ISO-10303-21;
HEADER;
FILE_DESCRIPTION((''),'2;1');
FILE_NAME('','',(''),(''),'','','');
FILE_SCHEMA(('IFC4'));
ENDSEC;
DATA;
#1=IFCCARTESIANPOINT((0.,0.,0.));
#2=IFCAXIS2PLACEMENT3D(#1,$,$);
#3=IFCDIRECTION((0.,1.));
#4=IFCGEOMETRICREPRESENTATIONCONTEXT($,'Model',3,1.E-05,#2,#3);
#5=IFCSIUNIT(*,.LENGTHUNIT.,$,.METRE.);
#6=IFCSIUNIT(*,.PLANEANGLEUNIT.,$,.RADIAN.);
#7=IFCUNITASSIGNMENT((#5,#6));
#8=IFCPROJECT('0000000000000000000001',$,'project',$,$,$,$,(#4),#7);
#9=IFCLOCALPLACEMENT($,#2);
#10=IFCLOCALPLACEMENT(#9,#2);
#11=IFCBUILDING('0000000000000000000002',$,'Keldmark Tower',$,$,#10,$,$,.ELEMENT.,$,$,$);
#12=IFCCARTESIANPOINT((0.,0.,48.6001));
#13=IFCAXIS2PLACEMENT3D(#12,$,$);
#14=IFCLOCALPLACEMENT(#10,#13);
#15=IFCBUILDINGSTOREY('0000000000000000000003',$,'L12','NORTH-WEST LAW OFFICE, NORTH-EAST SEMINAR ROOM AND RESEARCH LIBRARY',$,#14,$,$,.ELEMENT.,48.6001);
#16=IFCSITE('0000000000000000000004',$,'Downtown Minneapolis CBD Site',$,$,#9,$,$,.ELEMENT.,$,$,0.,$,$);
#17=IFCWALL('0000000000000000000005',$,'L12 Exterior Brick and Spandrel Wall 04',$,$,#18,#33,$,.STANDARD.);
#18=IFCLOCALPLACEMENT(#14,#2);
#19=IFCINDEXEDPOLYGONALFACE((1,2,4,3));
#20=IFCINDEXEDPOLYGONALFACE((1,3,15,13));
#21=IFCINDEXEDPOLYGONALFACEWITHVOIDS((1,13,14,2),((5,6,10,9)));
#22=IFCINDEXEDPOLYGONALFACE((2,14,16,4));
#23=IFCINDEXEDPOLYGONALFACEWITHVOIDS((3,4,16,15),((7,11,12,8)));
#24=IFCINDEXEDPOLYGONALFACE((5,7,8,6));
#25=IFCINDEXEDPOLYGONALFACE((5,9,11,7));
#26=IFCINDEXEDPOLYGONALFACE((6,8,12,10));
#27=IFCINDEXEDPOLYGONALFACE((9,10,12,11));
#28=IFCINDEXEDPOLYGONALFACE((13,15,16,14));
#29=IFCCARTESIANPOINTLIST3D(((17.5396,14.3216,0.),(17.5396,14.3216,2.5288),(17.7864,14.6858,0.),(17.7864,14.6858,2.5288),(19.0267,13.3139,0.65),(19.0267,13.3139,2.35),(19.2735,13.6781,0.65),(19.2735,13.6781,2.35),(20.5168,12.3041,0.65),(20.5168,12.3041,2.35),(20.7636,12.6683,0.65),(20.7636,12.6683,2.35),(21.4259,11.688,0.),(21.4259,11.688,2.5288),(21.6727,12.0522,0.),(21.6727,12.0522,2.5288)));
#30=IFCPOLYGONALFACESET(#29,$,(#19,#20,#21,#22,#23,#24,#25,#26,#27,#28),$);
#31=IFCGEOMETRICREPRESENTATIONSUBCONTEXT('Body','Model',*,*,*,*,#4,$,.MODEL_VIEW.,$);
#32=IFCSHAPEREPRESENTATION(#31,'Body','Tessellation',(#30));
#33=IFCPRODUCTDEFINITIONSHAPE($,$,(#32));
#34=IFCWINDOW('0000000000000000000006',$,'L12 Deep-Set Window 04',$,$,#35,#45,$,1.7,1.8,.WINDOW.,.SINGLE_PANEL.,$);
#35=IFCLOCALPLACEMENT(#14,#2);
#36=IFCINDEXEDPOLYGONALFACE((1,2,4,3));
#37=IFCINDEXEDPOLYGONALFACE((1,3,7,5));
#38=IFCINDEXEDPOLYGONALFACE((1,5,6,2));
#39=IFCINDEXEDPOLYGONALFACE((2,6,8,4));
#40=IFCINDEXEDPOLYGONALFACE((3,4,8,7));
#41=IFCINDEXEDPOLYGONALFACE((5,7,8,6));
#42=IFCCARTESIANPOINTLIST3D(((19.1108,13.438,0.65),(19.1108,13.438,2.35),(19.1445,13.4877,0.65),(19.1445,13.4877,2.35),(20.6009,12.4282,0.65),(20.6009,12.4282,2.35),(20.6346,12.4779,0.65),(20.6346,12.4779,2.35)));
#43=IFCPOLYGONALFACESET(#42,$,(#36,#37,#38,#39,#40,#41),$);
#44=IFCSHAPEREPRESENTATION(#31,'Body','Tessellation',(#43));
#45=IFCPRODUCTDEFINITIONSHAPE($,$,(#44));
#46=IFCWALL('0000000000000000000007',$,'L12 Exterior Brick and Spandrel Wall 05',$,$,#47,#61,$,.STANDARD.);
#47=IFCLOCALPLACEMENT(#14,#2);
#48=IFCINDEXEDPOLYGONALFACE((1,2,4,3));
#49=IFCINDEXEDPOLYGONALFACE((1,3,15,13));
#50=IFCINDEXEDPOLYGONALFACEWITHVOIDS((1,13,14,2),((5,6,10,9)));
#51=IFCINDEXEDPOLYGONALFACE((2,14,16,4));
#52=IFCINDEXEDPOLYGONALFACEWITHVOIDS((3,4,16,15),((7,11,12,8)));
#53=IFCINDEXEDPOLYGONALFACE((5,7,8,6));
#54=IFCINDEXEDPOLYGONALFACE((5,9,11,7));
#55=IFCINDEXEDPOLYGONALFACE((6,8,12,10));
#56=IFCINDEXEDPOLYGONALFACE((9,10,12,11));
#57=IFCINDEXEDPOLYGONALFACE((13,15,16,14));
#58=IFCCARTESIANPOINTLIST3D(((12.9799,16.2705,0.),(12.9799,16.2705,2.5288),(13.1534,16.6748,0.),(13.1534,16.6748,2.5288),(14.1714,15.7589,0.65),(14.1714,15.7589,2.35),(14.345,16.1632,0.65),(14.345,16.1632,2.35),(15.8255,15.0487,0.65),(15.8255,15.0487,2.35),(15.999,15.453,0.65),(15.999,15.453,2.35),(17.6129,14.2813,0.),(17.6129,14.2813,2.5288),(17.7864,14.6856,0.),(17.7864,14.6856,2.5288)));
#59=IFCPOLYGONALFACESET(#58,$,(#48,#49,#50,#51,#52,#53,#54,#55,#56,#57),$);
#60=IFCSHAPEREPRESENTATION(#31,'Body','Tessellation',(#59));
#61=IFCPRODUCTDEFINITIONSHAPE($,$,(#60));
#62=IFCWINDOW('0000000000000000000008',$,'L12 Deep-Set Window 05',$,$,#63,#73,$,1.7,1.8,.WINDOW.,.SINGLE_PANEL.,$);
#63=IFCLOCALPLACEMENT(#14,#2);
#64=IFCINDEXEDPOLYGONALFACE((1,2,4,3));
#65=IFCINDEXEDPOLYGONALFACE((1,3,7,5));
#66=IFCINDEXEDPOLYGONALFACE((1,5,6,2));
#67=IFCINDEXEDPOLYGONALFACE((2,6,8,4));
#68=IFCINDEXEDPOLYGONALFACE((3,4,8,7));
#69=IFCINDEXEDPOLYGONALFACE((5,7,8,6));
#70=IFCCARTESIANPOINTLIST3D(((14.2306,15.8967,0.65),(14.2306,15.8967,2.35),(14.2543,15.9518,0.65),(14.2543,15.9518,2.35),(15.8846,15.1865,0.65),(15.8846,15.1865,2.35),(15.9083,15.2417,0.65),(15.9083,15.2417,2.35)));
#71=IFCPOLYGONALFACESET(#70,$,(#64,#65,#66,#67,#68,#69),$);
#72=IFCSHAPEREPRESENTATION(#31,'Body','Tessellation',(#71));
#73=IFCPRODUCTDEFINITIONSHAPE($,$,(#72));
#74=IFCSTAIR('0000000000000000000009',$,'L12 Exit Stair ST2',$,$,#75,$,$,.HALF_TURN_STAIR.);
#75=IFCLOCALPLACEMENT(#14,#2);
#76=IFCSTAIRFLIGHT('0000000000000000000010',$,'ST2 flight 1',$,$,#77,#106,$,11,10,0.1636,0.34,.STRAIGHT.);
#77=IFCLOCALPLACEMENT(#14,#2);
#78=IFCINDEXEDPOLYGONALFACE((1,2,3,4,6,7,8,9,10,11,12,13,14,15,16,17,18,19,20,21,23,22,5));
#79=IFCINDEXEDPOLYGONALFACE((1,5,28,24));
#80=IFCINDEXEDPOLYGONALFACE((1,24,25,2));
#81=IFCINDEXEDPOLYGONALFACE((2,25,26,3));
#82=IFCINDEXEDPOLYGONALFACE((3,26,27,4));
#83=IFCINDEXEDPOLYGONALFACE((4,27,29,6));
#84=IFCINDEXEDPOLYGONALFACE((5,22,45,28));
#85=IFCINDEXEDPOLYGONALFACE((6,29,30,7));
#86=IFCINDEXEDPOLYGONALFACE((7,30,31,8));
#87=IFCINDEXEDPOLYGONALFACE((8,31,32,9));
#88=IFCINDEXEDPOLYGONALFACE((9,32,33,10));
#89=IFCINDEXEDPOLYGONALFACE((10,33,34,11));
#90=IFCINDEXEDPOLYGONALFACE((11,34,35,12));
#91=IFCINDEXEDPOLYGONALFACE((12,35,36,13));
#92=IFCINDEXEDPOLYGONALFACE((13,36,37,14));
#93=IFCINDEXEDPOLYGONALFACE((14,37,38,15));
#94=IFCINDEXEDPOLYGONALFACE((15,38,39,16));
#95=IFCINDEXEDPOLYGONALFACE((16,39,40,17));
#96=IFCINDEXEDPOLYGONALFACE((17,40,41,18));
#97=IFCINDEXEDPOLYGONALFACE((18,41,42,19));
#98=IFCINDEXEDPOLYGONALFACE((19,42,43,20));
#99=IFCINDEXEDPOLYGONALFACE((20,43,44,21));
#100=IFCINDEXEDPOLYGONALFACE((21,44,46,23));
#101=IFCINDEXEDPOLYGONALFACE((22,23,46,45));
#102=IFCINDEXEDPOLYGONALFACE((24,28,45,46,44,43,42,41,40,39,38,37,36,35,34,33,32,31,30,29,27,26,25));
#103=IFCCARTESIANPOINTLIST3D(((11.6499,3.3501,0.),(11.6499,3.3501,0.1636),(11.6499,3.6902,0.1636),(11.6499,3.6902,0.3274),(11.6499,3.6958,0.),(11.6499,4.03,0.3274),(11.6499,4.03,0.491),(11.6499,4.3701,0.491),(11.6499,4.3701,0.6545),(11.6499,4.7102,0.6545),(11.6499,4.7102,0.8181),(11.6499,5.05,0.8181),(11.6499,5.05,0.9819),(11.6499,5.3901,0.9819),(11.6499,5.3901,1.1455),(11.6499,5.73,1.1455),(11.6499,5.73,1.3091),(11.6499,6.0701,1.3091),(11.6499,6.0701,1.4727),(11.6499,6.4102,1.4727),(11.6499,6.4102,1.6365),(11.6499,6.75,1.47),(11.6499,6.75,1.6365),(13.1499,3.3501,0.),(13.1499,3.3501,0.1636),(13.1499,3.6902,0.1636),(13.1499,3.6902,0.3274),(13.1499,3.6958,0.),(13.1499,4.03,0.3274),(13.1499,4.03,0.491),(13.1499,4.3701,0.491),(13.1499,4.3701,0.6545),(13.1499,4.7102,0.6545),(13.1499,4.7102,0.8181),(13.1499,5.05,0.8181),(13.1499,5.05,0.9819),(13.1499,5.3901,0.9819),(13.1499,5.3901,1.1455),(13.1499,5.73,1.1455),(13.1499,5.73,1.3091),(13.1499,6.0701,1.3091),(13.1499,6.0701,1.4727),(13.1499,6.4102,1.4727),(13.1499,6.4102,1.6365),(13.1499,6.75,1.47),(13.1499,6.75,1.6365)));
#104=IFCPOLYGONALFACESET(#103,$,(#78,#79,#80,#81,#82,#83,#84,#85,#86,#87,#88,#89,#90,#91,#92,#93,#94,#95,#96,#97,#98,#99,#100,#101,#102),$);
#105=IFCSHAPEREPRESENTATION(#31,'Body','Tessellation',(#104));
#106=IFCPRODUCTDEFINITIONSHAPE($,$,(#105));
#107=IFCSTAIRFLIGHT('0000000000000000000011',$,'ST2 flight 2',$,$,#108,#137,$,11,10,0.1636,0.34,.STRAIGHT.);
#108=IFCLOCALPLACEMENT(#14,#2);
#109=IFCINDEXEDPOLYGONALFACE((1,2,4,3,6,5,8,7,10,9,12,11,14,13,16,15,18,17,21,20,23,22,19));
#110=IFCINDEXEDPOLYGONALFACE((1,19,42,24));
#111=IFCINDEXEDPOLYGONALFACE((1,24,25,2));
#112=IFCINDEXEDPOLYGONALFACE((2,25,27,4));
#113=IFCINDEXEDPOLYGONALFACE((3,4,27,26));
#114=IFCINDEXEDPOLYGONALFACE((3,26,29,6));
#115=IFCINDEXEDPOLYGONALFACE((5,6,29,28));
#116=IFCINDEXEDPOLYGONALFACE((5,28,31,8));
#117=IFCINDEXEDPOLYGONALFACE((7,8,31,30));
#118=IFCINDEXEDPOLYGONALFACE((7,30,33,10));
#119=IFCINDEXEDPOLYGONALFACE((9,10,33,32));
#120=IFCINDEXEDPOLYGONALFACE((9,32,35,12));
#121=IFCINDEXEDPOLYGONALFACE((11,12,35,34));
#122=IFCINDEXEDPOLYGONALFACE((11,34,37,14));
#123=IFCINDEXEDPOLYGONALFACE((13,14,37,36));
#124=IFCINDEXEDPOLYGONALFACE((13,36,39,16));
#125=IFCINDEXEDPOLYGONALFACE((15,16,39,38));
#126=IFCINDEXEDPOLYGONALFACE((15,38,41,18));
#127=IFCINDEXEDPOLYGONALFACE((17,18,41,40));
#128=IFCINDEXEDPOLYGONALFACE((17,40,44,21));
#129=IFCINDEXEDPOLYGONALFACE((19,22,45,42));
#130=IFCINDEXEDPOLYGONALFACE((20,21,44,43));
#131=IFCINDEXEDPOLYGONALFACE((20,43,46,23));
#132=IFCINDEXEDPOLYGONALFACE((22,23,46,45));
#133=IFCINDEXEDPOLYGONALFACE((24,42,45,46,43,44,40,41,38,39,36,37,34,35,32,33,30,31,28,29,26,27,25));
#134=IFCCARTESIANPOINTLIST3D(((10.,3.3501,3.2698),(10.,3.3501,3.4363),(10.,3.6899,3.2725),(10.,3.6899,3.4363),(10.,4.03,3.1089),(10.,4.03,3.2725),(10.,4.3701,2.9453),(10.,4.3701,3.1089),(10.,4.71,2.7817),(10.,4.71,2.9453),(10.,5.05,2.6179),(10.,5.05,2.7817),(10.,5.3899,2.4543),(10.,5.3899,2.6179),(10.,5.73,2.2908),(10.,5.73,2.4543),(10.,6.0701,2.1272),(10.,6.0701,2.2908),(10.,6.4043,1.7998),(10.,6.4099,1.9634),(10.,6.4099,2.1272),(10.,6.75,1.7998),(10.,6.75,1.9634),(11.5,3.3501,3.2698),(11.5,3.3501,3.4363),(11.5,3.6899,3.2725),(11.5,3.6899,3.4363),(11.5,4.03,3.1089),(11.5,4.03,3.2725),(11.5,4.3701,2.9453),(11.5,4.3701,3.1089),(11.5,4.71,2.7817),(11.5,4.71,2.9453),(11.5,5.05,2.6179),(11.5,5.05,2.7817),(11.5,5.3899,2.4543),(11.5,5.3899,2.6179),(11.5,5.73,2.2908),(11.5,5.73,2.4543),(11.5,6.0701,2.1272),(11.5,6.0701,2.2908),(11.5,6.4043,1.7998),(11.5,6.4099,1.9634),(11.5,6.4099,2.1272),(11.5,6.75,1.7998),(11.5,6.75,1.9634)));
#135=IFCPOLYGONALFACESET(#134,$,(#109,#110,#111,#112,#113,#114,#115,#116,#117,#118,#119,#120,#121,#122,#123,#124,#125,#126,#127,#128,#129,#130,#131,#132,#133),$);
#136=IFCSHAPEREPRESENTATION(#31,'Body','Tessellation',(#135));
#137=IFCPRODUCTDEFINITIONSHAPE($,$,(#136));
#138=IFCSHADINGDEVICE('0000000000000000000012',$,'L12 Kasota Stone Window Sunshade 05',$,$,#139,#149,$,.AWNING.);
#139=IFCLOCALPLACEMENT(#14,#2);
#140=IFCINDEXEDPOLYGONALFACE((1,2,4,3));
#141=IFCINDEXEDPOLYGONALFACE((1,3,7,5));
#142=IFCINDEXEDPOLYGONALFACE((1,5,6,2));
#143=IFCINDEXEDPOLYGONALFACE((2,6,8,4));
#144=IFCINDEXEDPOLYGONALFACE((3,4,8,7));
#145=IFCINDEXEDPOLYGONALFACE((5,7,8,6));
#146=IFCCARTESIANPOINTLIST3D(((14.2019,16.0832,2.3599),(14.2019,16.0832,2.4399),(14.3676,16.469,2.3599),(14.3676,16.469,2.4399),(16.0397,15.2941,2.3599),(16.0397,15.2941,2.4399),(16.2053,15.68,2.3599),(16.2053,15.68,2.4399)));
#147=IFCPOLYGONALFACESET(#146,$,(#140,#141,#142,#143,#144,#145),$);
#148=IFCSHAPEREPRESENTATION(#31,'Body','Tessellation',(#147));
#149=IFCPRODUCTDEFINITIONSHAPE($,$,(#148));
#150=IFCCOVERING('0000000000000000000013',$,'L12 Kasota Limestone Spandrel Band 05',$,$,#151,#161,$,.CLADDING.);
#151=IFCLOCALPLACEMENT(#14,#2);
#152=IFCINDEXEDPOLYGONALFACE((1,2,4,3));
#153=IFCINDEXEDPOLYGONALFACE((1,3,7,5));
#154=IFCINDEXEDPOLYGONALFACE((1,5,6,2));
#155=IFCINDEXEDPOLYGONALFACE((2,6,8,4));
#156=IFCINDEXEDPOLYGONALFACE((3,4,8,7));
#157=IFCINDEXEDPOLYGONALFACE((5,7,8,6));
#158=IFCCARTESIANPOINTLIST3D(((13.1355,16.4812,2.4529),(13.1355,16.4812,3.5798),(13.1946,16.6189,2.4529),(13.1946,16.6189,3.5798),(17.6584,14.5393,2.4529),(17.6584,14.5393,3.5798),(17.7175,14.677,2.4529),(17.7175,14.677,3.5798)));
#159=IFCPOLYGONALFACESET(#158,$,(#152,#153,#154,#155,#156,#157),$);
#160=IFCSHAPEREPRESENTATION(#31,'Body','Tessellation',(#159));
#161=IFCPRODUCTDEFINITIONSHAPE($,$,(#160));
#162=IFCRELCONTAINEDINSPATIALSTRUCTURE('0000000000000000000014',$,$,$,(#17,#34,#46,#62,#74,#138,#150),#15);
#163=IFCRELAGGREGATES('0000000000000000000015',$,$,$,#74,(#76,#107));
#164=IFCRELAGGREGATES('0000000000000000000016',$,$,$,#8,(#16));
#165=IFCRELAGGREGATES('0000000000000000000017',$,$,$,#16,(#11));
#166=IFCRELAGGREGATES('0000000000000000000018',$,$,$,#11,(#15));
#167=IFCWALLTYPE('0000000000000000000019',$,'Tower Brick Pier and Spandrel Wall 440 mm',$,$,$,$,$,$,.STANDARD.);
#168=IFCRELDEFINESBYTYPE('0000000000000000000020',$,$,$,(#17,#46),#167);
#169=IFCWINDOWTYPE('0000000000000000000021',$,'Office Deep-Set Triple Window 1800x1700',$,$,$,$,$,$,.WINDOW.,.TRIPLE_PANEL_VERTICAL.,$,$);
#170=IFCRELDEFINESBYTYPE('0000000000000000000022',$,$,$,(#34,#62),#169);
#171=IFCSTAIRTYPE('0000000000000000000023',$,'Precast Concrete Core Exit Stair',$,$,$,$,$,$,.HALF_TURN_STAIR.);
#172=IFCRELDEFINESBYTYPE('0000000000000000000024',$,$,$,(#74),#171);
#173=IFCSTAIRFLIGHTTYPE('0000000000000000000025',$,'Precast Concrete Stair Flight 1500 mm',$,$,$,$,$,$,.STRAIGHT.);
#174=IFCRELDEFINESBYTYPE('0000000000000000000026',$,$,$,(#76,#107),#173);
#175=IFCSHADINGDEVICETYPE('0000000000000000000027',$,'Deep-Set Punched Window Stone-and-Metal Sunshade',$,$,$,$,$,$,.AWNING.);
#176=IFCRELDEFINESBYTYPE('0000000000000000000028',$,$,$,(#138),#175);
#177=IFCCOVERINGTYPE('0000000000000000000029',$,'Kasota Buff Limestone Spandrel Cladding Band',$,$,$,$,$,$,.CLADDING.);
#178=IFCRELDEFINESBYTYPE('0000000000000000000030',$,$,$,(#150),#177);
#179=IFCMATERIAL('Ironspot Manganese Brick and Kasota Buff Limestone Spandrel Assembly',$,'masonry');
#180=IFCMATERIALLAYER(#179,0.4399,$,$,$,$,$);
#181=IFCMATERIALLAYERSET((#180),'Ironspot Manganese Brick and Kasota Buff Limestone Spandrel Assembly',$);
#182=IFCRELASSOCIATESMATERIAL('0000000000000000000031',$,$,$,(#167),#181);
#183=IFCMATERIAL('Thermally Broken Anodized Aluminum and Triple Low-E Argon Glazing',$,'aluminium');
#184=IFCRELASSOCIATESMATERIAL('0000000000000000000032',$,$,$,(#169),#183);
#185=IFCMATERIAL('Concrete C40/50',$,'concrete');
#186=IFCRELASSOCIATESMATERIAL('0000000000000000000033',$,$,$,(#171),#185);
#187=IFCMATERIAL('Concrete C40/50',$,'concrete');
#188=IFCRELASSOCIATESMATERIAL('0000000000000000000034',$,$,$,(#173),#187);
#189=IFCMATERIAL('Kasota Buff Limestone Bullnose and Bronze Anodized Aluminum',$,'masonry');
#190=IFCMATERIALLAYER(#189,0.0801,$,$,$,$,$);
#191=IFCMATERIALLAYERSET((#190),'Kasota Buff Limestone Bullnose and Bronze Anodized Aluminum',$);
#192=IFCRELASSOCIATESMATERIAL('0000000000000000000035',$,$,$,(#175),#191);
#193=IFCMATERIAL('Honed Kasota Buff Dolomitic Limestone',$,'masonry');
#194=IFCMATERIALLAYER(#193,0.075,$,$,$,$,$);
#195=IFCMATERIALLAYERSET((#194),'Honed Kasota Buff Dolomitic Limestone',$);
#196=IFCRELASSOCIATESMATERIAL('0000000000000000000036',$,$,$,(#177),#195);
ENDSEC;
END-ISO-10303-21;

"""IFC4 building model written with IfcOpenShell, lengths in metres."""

from ifc_helpers import new_model, si_unit, direction, frame, frame_2d, origin, origin_2d, place, context, subcontext, project, spatial, polyline, rectangle, outline, extrude, material, layer, layer_set, type_object, element, fill, aggregate, save


model = new_model("IFC4")

# Units and contexts
model_context = context("Model", 3, precision=1e-05, world=origin(), true_north=direction((0.0, 1.0)))
body_context = subcontext(model_context, "Body", "Model", "MODEL_VIEW")
ifc_project = project(units=[si_unit("LENGTHUNIT", "METRE"), si_unit("PLANEANGLEUNIT", "RADIAN")], contexts=[model_context])

# Site, building, storey
site_placement = place(None, origin())
site = spatial("IfcSite", under=ifc_project, at=site_placement, Name="Downtown Minneapolis CBD Site", CompositionType="ELEMENT", RefElevation=0.0)
building_placement = place(site_placement, origin())
building = spatial("IfcBuilding", under=site, at=building_placement, Name="Keldmark Tower", CompositionType="ELEMENT")
storey_placement = place(building_placement, frame((0.0, 0.0, 48.6001)))
storey = spatial("IfcBuildingStorey", under=building, at=storey_placement, Name="L12", Description="NORTH-WEST LAW OFFICE, NORTH-EAST SEMINAR ROOM AND RESEARCH LIBRARY", CompositionType="ELEMENT", Elevation=48.6001)

# Walls, openings, windows
ifc_material_1 = material(Name="Ironspot Manganese Brick and Kasota Buff Limestone Spandrel Assembly", Category="masonry")
ifc_layer_1 = layer(ifc_material_1, 0.4399)
ifc_layer_set_1 = layer_set([ifc_layer_1], Name="Ironspot Manganese Brick and Kasota Buff Limestone Spandrel Assembly")
wall_type_1 = type_object("IfcWallType", Name="Tower Brick Pier and Spandrel Wall 440 mm", PredefinedType="STANDARD", material=ifc_layer_set_1)
wall_1_placement = place(storey_placement, frame((17.6631, 14.5037, 0.0), z_axis=(0.0, 0.0, 1.0), x_axis=(0.827826, -0.560985, 0.0)))
wall_1 = element("IfcWall", 1, at=wall_1_placement, inside=storey, type_object=wall_type_1, Name="L12 Exterior Brick and Spandrel Wall 04", PredefinedType="STANDARD", context=body_context, shape_type="SweptSolid", body=[
    extrude(rectangle(XDim=4.6946, YDim=0.4399, at=frame_2d((2.3472, 0.0))), origin(), (0.0, 0.0, 1.0), 2.5288),
])
opening_1_placement = place(wall_1_placement, frame((1.7964, 0.0, 0.6499)))
opening_1 = element("IfcOpeningElement", 2, at=opening_1_placement, cuts=wall_1, PredefinedType="OPENING", context=body_context, shape_type="SweptSolid", body=[
    extrude(rectangle(XDim=1.8, YDim=1.7, at=frame_2d((0.8999, 0.8501))), frame((0.0, 0.23, 0.0), z_axis=(0.0, -1.0, 0.0), x_axis=(1.0, 0.0, 0.0)), (0.0, 0.0, 1.0), 0.46),
])
ifc_material_2 = material(Name="Thermally Broken Anodized Aluminum and Triple Low-E Argon Glazing", Category="aluminium")
window_type = type_object("IfcWindowType", Name="Office Deep-Set Triple Window 1800x1700", PartitioningType="TRIPLE_PANEL_VERTICAL", PredefinedType="WINDOW", material=ifc_material_2)
window_1_placement = place(opening_1_placement, origin())
window_1 = element("IfcWindow", 3, at=window_1_placement, inside=storey, type_object=window_type, Name="L12 Deep-Set Window 04", OverallHeight=1.7, OverallWidth=1.8, PartitioningType="SINGLE_PANEL", PredefinedType="WINDOW", context=body_context, shape_type="SweptSolid", body=[
    extrude(rectangle(XDim=1.8, YDim=1.7, at=frame_2d((0.8999, 0.8501))), frame((0.0, -0.01, 0.0), z_axis=(0.0, -1.0, 0.0), x_axis=(1.0, 0.0, 0.0)), (0.0, 0.0, 1.0), 0.0601),
])
fill(opening_1, window_1)
wall_2_placement = place(storey_placement, frame((13.0667, 16.4727, 0.0), z_axis=(0.0, 0.0, 1.0), x_axis=(0.918882, -0.394533, 0.0)))
wall_2 = element("IfcWall", 4, at=wall_2_placement, inside=storey, type_object=wall_type_1, Name="L12 Exterior Brick and Spandrel Wall 05", PredefinedType="STANDARD", context=body_context, shape_type="SweptSolid", body=[
    extrude(rectangle(XDim=5.042, YDim=0.4399, at=frame_2d((2.521, 0.0))), origin(), (0.0, 0.0, 1.0), 2.5288),
])
opening_2_placement = place(wall_2_placement, frame((1.2969, 0.0, 0.6499)))
opening_2 = element("IfcOpeningElement", 5, at=opening_2_placement, cuts=wall_2, PredefinedType="OPENING", context=body_context, shape_type="SweptSolid", body=[
    extrude(rectangle(XDim=1.8, YDim=1.7, at=frame_2d((0.8999, 0.8501))), frame((0.0, 0.23, 0.0), z_axis=(0.0, -1.0, 0.0), x_axis=(1.0, 0.0, 0.0)), (0.0, 0.0, 1.0), 0.46),
])
window_2_placement = place(opening_2_placement, origin())
window_2 = element("IfcWindow", 6, at=window_2_placement, inside=storey, type_object=window_type, Name="L12 Deep-Set Window 05", OverallHeight=1.7, OverallWidth=1.8, PartitioningType="SINGLE_PANEL", PredefinedType="WINDOW", context=body_context, shape_type="SweptSolid", body=[
    extrude(rectangle(XDim=1.8, YDim=1.7, at=frame_2d((0.8999, 0.8501))), frame((0.0, -0.01, 0.0), z_axis=(0.0, -1.0, 0.0), x_axis=(1.0, 0.0, 0.0)), (0.0, 0.0, 1.0), 0.0601),
])
fill(opening_2, window_2)

# Stair, stair flights
ifc_material_3 = material(Name="Concrete C40/50", Category="concrete")
stair_type = type_object("IfcStairType", Name="Precast Concrete Core Exit Stair", PredefinedType="HALF_TURN_STAIR", material=ifc_material_3)
stair_placement = place(storey_placement, origin())
stair = element("IfcStair", 7, at=stair_placement, inside=storey, type_object=stair_type, Name="L12 Exit Stair ST2", PredefinedType="HALF_TURN_STAIR")
ifc_material_4 = material(Name="Concrete C40/50", Category="concrete")
stair_flight_type = type_object("IfcStairFlightType", Name="Precast Concrete Stair Flight 1500 mm", PredefinedType="STRAIGHT", material=ifc_material_4)
stair_flight_1_placement = place(storey_placement, frame((12.3999, 3.3501, 0.0), z_axis=(0.0, 0.0, 1.0), x_axis=(0.0, 1.0, 0.0)))
stair_flight_1 = element("IfcStairFlight", 8, at=stair_flight_1_placement, type_object=stair_flight_type, Name="ST2 flight 1", NumberOfRisers=11, NumberOfTreads=10, PredefinedType="STRAIGHT", RiserHeight=0.1636, TreadLength=0.34, context=body_context, shape_type="SweptSolid", body=[
    extrude(outline(polyline([(0.0, 0.0), (0.0, 0.1636), (0.3401, 0.1636), (0.3401, 0.3274), (0.6799, 0.3274), (0.6799, 0.491), (1.02, 0.491), (1.02, 0.6545), (1.3601, 0.6545), (1.3601, 0.8181), (1.7, 0.8181), (1.7, 0.9819), (2.04, 0.9819), (2.04, 1.1455), (2.3799, 1.1455), (2.3799, 1.3091), (2.72, 1.3091), (2.72, 1.4727), (3.0601, 1.4727), (3.0601, 1.6365), (3.3999, 1.6365), (3.3999, 1.8), (3.3999, 1.47), (0.3457, 0.0), (0.0, 0.0)])), frame((0.0, 0.75, 0.0), z_axis=(0.0, -1.0, 0.0), x_axis=(1.0, 0.0, 0.0)), (0.0, 0.0, 1.0), 1.5),
])
stair_flight_2_placement = place(storey_placement, frame((10.75, 6.75, 1.7998), z_axis=(0.0, 0.0, 1.0), x_axis=(0.0, -1.0, 0.0)))
stair_flight_2 = element("IfcStairFlight", 9, at=stair_flight_2_placement, type_object=stair_flight_type, Name="ST2 flight 2", NumberOfRisers=11, NumberOfTreads=10, PredefinedType="STRAIGHT", RiserHeight=0.1636, TreadLength=0.34, context=body_context, shape_type="SweptSolid", body=[
    extrude(outline(polyline([(0.0, 0.0), (0.0, 0.1636), (0.3401, 0.1636), (0.3401, 0.3274), (0.6799, 0.3274), (0.6799, 0.491), (1.02, 0.491), (1.02, 0.6545), (1.3601, 0.6545), (1.3601, 0.8181), (1.7, 0.8181), (1.7, 0.9819), (2.04, 0.9819), (2.04, 1.1455), (2.3799, 1.1455), (2.3799, 1.3091), (2.72, 1.3091), (2.72, 1.4727), (3.0601, 1.4727), (3.0601, 1.6365), (3.3999, 1.6365), (3.3999, 1.8), (3.3999, 1.47), (0.3457, 0.0), (0.0, 0.0)])), frame((0.0, 0.75, 0.0), z_axis=(0.0, -1.0, 0.0), x_axis=(1.0, 0.0, 0.0)), (0.0, 0.0, 1.0), 1.5),
])
aggregate(stair, [stair_flight_1, stair_flight_2])

# Shading device
ifc_material_5 = material(Name="Kasota Buff Limestone Bullnose and Bronze Anodized Aluminum", Category="masonry")
ifc_layer_2 = layer(ifc_material_5, 0.0801)
ifc_layer_set_2 = layer_set([ifc_layer_2], Name="Kasota Buff Limestone Bullnose and Bronze Anodized Aluminum")
shading_device_type = type_object("IfcShadingDeviceType", Name="Deep-Set Punched Window Stone-and-Metal Sunshade", PredefinedType="AWNING", material=ifc_layer_set_2)
shading_device_placement = place(storey_placement, frame((15.2036, 15.8816, 2.3599), z_axis=(0.0, 0.0, 1.0), x_axis=(0.918888, -0.394519, 0.0)))
element("IfcShadingDevice", 10, at=shading_device_placement, inside=storey, type_object=shading_device_type, Name="L12 Kasota Stone Window Sunshade 05", PredefinedType="AWNING", context=body_context, shape_type="SweptSolid", body=[
    extrude(rectangle(XDim=2.0, YDim=0.4199, at=origin_2d()), origin(), (0.0, 0.0, 1.0), 0.0801),
])

# Covering
ifc_material_6 = material(Name="Honed Kasota Buff Dolomitic Limestone", Category="masonry")
ifc_layer_3 = layer(ifc_material_6, 0.075)
ifc_layer_set_3 = layer_set([ifc_layer_3], Name="Honed Kasota Buff Dolomitic Limestone")
covering_type = type_object("IfcCoveringType", Name="Kasota Buff Limestone Spandrel Cladding Band", PredefinedType="CLADDING", material=ifc_layer_set_3)
covering_placement = place(storey_placement, frame((15.4265, 15.5791, 2.4529), z_axis=(0.0, 0.0, 1.0), x_axis=(-0.918888, 0.394519, 0.0)))
element("IfcCovering", 11, at=covering_placement, inside=storey, type_object=covering_type, Name="L12 Kasota Limestone Spandrel Band 05", PredefinedType="CLADDING", context=body_context, shape_type="SweptSolid", body=[
    extrude(rectangle(XDim=4.9221, YDim=0.1499, at=origin_2d()), origin(), (0.0, 0.0, 1.0), 1.127),
])

save(model, "model.ifc")
